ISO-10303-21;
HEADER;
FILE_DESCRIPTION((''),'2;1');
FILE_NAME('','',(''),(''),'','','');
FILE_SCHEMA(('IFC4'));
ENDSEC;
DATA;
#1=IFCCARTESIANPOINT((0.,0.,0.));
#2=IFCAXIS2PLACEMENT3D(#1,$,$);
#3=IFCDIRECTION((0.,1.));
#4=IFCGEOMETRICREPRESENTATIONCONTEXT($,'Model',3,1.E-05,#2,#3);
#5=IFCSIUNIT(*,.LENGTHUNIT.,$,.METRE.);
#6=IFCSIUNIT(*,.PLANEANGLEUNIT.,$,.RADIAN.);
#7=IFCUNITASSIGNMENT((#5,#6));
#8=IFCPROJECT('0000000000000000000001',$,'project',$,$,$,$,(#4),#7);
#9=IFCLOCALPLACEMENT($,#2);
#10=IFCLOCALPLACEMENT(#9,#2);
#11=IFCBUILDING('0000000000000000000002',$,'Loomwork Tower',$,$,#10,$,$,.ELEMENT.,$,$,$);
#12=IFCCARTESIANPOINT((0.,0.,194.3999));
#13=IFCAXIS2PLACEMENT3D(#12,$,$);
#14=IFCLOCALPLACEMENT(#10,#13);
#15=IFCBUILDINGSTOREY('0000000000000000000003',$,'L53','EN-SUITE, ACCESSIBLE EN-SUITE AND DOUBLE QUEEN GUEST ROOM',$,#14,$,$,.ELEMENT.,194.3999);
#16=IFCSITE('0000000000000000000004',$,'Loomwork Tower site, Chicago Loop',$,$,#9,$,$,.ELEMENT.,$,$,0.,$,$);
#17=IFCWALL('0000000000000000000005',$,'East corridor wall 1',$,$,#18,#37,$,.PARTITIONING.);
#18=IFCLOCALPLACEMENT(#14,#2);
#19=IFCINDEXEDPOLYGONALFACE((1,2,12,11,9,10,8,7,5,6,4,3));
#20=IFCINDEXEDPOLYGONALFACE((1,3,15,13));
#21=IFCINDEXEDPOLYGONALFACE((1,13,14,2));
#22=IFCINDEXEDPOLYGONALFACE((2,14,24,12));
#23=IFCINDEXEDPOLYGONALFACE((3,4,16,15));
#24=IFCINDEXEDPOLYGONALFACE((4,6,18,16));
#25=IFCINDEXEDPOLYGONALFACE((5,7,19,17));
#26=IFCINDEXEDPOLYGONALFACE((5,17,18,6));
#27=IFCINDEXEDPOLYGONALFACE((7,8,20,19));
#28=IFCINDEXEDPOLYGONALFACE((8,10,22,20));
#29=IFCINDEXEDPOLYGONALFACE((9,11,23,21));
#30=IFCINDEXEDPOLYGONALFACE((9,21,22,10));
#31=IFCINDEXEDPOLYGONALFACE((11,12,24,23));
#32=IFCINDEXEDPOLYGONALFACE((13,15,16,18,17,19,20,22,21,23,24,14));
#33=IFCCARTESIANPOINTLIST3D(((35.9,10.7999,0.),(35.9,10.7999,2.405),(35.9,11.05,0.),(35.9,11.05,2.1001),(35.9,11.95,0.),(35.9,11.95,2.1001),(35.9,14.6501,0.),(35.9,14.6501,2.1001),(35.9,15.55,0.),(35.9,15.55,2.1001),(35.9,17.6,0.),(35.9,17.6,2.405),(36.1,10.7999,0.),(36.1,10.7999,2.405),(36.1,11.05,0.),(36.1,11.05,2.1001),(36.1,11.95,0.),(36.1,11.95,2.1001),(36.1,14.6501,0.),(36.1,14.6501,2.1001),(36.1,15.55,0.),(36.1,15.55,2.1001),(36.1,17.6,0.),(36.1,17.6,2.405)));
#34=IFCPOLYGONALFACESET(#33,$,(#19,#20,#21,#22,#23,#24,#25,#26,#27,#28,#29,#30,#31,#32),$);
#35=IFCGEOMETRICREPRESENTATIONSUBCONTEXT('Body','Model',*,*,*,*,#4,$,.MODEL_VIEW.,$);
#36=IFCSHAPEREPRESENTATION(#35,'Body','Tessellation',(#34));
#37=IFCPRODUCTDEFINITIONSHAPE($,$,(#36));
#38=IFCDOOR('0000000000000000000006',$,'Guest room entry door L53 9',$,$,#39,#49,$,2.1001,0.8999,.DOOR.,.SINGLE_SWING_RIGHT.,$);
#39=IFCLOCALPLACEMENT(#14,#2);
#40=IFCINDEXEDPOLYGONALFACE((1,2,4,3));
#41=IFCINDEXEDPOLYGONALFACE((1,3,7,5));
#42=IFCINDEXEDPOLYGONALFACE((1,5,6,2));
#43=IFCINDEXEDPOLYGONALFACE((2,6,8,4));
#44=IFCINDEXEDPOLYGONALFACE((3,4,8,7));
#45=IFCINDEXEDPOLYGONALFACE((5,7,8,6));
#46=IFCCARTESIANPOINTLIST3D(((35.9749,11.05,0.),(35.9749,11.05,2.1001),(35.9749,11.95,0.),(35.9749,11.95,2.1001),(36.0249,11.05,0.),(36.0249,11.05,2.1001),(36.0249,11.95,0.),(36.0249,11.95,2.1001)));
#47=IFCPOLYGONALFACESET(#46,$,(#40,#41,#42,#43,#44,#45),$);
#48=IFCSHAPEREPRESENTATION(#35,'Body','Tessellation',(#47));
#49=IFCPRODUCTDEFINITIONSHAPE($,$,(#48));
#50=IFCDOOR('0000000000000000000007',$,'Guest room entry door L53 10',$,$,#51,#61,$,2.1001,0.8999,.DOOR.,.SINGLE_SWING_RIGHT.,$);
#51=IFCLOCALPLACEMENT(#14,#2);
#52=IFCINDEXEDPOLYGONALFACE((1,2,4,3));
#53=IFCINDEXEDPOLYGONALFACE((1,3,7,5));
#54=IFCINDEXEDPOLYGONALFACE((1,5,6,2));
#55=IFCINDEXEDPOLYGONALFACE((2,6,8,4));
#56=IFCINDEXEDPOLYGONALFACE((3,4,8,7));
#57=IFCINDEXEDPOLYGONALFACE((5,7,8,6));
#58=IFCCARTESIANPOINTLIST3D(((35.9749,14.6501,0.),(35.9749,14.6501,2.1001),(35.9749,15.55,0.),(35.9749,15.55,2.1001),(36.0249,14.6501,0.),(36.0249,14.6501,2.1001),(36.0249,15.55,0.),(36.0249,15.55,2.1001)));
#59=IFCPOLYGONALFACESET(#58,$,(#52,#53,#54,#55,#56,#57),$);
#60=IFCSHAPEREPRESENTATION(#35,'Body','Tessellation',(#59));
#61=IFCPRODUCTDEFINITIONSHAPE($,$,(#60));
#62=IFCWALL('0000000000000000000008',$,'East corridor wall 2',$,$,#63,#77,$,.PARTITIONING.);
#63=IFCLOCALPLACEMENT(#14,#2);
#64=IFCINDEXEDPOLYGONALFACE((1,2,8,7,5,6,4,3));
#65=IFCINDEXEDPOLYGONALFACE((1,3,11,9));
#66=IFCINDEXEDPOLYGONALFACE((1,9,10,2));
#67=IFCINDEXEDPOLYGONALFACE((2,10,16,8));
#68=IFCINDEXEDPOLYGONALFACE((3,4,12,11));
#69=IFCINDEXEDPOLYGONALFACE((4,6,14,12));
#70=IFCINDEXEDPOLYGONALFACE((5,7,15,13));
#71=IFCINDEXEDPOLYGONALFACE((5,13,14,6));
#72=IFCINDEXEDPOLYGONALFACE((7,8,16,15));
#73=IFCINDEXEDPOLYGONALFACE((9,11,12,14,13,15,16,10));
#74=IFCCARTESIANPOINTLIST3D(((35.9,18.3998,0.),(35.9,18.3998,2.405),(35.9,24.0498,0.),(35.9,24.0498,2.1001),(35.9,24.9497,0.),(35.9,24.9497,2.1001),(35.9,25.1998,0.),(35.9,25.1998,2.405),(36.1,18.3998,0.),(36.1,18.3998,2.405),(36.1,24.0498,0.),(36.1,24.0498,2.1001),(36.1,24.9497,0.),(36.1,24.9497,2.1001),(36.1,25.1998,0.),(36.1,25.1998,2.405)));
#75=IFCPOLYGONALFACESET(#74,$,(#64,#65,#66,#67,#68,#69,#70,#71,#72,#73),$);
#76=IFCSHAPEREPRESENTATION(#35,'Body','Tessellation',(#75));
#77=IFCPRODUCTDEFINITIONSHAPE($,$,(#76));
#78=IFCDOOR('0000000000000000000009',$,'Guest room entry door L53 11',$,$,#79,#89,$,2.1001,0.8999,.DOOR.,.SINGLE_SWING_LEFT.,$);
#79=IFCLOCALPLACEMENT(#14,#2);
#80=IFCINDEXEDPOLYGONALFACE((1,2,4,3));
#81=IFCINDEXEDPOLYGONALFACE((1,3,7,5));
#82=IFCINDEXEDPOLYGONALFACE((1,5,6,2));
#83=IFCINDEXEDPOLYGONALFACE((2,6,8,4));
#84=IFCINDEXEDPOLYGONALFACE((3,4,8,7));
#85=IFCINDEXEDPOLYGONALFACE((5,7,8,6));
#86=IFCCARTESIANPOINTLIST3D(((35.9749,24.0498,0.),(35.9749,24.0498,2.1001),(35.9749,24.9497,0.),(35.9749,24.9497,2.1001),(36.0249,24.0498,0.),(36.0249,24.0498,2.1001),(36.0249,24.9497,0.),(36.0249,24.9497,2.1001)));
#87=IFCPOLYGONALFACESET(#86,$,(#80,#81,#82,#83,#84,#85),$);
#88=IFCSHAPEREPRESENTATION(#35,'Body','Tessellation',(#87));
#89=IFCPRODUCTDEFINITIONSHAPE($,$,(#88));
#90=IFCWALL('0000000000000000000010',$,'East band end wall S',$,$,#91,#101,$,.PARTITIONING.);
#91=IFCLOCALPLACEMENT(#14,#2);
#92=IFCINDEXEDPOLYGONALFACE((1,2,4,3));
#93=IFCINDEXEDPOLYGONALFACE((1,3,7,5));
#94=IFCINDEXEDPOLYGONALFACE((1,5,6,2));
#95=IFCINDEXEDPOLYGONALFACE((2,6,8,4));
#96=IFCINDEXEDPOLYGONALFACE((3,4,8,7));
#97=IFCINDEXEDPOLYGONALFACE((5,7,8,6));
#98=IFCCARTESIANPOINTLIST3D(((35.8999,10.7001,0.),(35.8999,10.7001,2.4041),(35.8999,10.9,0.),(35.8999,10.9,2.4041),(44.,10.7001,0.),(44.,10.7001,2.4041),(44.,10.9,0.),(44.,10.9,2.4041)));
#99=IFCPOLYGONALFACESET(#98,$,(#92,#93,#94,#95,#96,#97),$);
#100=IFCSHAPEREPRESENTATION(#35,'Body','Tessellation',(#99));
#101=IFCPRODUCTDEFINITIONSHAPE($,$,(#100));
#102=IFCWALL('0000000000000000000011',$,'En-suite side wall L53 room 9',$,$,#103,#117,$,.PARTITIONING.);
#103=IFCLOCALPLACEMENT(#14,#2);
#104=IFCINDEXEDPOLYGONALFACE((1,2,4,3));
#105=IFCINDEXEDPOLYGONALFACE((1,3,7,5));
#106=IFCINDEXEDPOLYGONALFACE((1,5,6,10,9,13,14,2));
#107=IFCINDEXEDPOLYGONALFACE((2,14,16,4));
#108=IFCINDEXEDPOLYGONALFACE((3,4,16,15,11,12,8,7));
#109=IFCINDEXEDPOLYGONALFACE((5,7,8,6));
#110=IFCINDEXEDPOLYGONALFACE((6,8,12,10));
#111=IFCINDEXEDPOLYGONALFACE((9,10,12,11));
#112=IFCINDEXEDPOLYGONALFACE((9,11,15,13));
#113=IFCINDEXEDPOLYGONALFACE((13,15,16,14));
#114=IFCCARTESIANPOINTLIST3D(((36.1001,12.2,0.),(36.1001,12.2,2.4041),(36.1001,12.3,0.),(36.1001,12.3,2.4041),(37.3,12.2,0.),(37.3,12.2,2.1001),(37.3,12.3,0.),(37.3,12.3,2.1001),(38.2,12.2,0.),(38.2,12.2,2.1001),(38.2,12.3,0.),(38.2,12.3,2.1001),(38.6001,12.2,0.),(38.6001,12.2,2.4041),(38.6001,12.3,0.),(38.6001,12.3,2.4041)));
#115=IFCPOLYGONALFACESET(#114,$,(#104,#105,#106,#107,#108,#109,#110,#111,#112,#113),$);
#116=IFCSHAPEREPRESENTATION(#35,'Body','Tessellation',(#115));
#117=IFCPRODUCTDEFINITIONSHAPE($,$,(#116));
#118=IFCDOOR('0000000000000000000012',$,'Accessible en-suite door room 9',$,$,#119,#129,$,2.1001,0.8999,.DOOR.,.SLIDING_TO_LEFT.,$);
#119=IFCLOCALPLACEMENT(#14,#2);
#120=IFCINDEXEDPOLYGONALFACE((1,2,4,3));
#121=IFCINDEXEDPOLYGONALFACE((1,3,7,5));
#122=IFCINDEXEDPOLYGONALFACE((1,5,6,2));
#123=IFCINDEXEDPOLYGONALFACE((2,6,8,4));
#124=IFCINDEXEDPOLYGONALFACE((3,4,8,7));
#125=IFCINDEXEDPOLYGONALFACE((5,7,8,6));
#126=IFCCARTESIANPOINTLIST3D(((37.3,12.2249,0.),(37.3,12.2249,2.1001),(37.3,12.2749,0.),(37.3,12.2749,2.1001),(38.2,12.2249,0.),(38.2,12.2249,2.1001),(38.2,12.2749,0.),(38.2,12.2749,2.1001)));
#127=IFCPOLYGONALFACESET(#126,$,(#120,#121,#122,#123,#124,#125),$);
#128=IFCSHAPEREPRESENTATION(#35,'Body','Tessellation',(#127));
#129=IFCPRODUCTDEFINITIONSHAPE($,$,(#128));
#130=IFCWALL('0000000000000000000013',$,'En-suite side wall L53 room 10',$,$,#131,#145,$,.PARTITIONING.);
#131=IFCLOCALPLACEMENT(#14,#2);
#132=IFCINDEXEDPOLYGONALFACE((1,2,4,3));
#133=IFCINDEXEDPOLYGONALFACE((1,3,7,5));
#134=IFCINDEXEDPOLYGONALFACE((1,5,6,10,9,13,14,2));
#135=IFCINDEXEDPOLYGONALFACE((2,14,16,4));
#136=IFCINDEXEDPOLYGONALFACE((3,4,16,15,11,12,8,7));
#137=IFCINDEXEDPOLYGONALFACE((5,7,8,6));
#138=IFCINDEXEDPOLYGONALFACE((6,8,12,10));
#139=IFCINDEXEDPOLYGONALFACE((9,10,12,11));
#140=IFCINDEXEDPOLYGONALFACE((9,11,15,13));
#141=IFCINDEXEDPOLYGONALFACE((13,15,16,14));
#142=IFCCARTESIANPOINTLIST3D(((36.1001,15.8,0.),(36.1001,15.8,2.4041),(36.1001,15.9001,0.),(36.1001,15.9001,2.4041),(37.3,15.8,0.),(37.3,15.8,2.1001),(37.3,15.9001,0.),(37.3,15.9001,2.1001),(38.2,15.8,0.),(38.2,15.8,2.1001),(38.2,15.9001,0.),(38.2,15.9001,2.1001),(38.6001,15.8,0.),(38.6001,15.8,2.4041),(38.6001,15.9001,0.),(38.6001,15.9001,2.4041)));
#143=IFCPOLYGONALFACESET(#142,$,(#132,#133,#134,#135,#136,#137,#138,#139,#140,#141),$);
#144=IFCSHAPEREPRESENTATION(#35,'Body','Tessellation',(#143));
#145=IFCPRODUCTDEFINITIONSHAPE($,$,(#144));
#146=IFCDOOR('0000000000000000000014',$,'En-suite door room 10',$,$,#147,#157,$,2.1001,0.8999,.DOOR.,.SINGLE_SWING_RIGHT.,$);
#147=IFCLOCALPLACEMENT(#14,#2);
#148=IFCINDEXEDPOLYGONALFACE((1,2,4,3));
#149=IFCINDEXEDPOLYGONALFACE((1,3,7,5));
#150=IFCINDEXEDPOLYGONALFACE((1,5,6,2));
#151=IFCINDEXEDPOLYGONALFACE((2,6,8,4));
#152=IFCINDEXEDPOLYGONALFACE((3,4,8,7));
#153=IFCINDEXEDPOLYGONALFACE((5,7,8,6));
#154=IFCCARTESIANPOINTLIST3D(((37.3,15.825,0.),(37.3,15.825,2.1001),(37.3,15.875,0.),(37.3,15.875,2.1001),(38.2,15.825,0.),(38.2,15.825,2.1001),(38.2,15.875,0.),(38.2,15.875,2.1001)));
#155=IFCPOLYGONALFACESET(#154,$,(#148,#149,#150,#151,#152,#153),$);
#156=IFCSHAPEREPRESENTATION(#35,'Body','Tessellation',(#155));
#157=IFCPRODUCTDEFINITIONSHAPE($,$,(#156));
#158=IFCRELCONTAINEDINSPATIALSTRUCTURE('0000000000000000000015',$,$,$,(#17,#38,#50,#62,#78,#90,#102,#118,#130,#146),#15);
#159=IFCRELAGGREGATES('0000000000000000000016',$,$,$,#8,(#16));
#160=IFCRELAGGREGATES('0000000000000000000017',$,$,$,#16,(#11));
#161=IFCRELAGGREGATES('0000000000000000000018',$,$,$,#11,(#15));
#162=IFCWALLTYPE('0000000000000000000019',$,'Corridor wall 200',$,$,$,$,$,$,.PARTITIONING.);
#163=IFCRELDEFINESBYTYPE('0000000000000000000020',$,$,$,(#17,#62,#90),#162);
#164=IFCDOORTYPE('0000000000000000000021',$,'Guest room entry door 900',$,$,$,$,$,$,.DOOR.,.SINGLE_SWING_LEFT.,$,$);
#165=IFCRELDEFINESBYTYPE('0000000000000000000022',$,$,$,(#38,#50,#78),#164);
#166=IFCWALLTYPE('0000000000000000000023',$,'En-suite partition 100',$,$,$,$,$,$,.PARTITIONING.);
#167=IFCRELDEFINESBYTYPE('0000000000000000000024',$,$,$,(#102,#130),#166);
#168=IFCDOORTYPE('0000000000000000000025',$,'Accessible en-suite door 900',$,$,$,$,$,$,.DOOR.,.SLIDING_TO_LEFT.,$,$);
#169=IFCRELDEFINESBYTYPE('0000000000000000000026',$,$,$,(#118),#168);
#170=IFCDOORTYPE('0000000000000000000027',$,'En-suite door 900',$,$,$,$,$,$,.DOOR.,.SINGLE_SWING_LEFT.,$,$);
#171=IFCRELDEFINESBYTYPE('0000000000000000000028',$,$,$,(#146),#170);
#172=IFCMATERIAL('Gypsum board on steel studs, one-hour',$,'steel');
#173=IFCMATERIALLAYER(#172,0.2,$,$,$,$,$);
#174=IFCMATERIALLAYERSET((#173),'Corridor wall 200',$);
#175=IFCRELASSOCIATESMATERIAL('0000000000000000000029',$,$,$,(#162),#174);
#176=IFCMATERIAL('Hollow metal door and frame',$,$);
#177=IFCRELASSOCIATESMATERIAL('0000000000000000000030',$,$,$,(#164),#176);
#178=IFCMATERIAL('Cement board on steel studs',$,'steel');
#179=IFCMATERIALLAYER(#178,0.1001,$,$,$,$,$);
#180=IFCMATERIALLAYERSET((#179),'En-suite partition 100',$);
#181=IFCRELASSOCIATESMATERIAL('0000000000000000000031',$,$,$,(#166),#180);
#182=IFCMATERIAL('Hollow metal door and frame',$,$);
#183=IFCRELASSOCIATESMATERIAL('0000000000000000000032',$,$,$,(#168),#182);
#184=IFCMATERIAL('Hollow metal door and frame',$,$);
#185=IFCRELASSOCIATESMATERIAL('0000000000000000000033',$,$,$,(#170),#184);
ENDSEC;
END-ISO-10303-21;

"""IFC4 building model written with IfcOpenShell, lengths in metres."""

from ifc_helpers import new_model, si_unit, direction, frame, frame_2d, origin, place, context, subcontext, project, spatial, rectangle, extrude, material, layer, layer_set, type_object, element, fill, save


model = new_model("IFC4")

# Units and contexts
model_context = context("Model", 3, precision=1e-05, world=origin(), true_north=direction((0.0, 1.0)))
body_context = subcontext(model_context, "Body", "Model", "MODEL_VIEW")
ifc_project = project(units=[si_unit("LENGTHUNIT", "METRE"), si_unit("PLANEANGLEUNIT", "RADIAN")], contexts=[model_context])

# Site, building, storey
site_placement = place(None, origin())
site = spatial("IfcSite", under=ifc_project, at=site_placement, Name="Loomwork Tower site, Chicago Loop", CompositionType="ELEMENT", RefElevation=0.0)
building_placement = place(site_placement, origin())
building = spatial("IfcBuilding", under=site, at=building_placement, Name="Loomwork Tower", CompositionType="ELEMENT")
storey_placement = place(building_placement, frame((0.0, 0.0, 194.3999)))
storey = spatial("IfcBuildingStorey", under=building, at=storey_placement, Name="L53", Description="EN-SUITE, ACCESSIBLE EN-SUITE AND DOUBLE QUEEN GUEST ROOM", CompositionType="ELEMENT", Elevation=194.3999)

# Wall, openings, doors
ifc_material_1 = material(Name="Gypsum board on steel studs, one-hour", Category="steel")
ifc_layer_1 = layer(ifc_material_1, 0.2)
ifc_layer_set_1 = layer_set([ifc_layer_1], Name="Corridor wall 200")
wall_type_1 = type_object("IfcWallType", Name="Corridor wall 200", PredefinedType="PARTITIONING", material=ifc_layer_set_1)
wall_1_placement = place(storey_placement, frame((36.0, 10.8, 0.0), z_axis=(0.0, 0.0, 1.0), x_axis=(0.0, 1.0, 0.0)))
wall_1 = element("IfcWall", 1, at=wall_1_placement, inside=storey, type_object=wall_type_1, Name="East corridor wall 1", PredefinedType="PARTITIONING", context=body_context, shape_type="SweptSolid", body=[
    extrude(rectangle(XDim=6.8, YDim=0.2, at=frame_2d((3.3999, 0.0))), origin(), (0.0, 0.0, 1.0), 2.405),
])
opening_1_placement = place(wall_1_placement, frame((0.25, 0.0, 0.0)))
opening_1 = element("IfcOpeningElement", 2, at=opening_1_placement, cuts=wall_1, PredefinedType="OPENING", context=body_context, shape_type="SweptSolid", body=[
    extrude(rectangle(XDim=0.8999, YDim=2.1001, at=frame_2d((0.45, 1.05))), frame((0.0, 0.1099, 0.0), z_axis=(0.0, -1.0, 0.0), x_axis=(1.0, 0.0, 0.0)), (0.0, 0.0, 1.0), 0.22),
])
opening_2_placement = place(wall_1_placement, frame((3.8501, 0.0, 0.0)))
opening_2 = element("IfcOpeningElement", 3, at=opening_2_placement, cuts=wall_1, PredefinedType="OPENING", context=body_context, shape_type="SweptSolid", body=[
    extrude(rectangle(XDim=0.8999, YDim=2.1001, at=frame_2d((0.45, 1.05))), frame((0.0, 0.1099, 0.0), z_axis=(0.0, -1.0, 0.0), x_axis=(1.0, 0.0, 0.0)), (0.0, 0.0, 1.0), 0.22),
])
ifc_material_2 = material(Name="Hollow metal door and frame")
door_type_1 = type_object("IfcDoorType", Name="Guest room entry door 900", OperationType="SINGLE_SWING_LEFT", PredefinedType="DOOR", material=ifc_material_2)
door_1_placement = place(opening_1_placement, frame((0.8999, 0.0, 0.0), z_axis=(0.0, 0.0, 1.0), x_axis=(-1.0, 0.0, 0.0)))
door_1 = element("IfcDoor", 4, at=door_1_placement, inside=storey, type_object=door_type_1, Name="Guest room entry door L53 9", OperationType="SINGLE_SWING_RIGHT", OverallHeight=2.1001, OverallWidth=0.8999, PredefinedType="DOOR", context=body_context, shape_type="SweptSolid", body=[
    extrude(rectangle(XDim=0.8999, YDim=2.1001, at=frame_2d((0.45, 1.05))), frame((0.0, 0.0249, 0.0), z_axis=(0.0, -1.0, 0.0), x_axis=(1.0, 0.0, 0.0)), (0.0, 0.0, 1.0), 0.05),
])
fill(opening_1, door_1)
door_2_placement = place(opening_2_placement, frame((0.8999, 0.0, 0.0), z_axis=(0.0, 0.0, 1.0), x_axis=(-1.0, 0.0, 0.0)))
door_2 = element("IfcDoor", 5, at=door_2_placement, inside=storey, type_object=door_type_1, Name="Guest room entry door L53 10", OperationType="SINGLE_SWING_RIGHT", OverallHeight=2.1001, OverallWidth=0.8999, PredefinedType="DOOR", context=body_context, shape_type="SweptSolid", body=[
    extrude(rectangle(XDim=0.8999, YDim=2.1001, at=frame_2d((0.45, 1.05))), frame((0.0, 0.0249, 0.0), z_axis=(0.0, -1.0, 0.0), x_axis=(1.0, 0.0, 0.0)), (0.0, 0.0, 1.0), 0.05),
])
fill(opening_2, door_2)

# Wall, opening, door
wall_2_placement = place(storey_placement, frame((36.0, 18.3999, 0.0), z_axis=(0.0, 0.0, 1.0), x_axis=(0.0, 1.0, 0.0)))
wall_2 = element("IfcWall", 6, at=wall_2_placement, inside=storey, type_object=wall_type_1, Name="East corridor wall 2", PredefinedType="PARTITIONING", context=body_context, shape_type="SweptSolid", body=[
    extrude(rectangle(XDim=6.8, YDim=0.2, at=frame_2d((3.3999, 0.0))), origin(), (0.0, 0.0, 1.0), 2.405),
])
opening_3_placement = place(wall_2_placement, frame((5.6499, 0.0, 0.0)))
opening_3 = element("IfcOpeningElement", 7, at=opening_3_placement, cuts=wall_2, PredefinedType="OPENING", context=body_context, shape_type="SweptSolid", body=[
    extrude(rectangle(XDim=0.8999, YDim=2.1001, at=frame_2d((0.45, 1.05))), frame((0.0, 0.1099, 0.0), z_axis=(0.0, -1.0, 0.0), x_axis=(1.0, 0.0, 0.0)), (0.0, 0.0, 1.0), 0.22),
])
door_3_placement = place(opening_3_placement, frame((0.8999, 0.0, 0.0), z_axis=(0.0, 0.0, 1.0), x_axis=(-1.0, 0.0, 0.0)))
door_3 = element("IfcDoor", 8, at=door_3_placement, inside=storey, type_object=door_type_1, Name="Guest room entry door L53 11", OperationType="SINGLE_SWING_LEFT", OverallHeight=2.1001, OverallWidth=0.8999, PredefinedType="DOOR", context=body_context, shape_type="SweptSolid", body=[
    extrude(rectangle(XDim=0.8999, YDim=2.1001, at=frame_2d((0.45, 1.05))), frame((0.0, 0.0249, 0.0), z_axis=(0.0, -1.0, 0.0), x_axis=(1.0, 0.0, 0.0)), (0.0, 0.0, 1.0), 0.05),
])
fill(opening_3, door_3)

# Wall
wall_3_placement = place(storey_placement, frame((35.8999, 10.8, 0.0), z_axis=(0.0, 0.0, 1.0), x_axis=(1.0, 0.0, 0.0)))
element("IfcWall", 9, at=wall_3_placement, inside=storey, type_object=wall_type_1, Name="East band end wall S", PredefinedType="PARTITIONING", context=body_context, shape_type="SweptSolid", body=[
    extrude(rectangle(XDim=8.1001, YDim=0.2, at=frame_2d((4.05, 0.0))), origin(), (0.0, 0.0, 1.0), 2.4041),
])

# Walls, openings, doors
ifc_material_3 = material(Name="Cement board on steel studs", Category="steel")
ifc_layer_2 = layer(ifc_material_3, 0.1001)
ifc_layer_set_2 = layer_set([ifc_layer_2], Name="En-suite partition 100")
wall_type_2 = type_object("IfcWallType", Name="En-suite partition 100", PredefinedType="PARTITIONING", material=ifc_layer_set_2)
wall_4_placement = place(storey_placement, frame((36.1001, 12.25, 0.0), z_axis=(0.0, 0.0, 1.0), x_axis=(1.0, 0.0, 0.0)))
wall_4 = element("IfcWall", 10, at=wall_4_placement, inside=storey, type_object=wall_type_2, Name="En-suite side wall L53 room 9", PredefinedType="PARTITIONING", context=body_context, shape_type="SweptSolid", body=[
    extrude(rectangle(XDim=2.5, YDim=0.1001, at=frame_2d((1.25, 0.0))), origin(), (0.0, 0.0, 1.0), 2.4041),
])
opening_4_placement = place(wall_4_placement, frame((1.2, 0.0, 0.0)))
opening_4 = element("IfcOpeningElement", 11, at=opening_4_placement, cuts=wall_4, PredefinedType="OPENING", context=body_context, shape_type="SweptSolid", body=[
    extrude(rectangle(XDim=0.8999, YDim=2.1001, at=frame_2d((0.45, 1.05))), frame((0.0, 0.0601, 0.0), z_axis=(0.0, -1.0, 0.0), x_axis=(1.0, 0.0, 0.0)), (0.0, 0.0, 1.0), 0.1201),
])
ifc_material_4 = material(Name="Hollow metal door and frame")
door_type_2 = type_object("IfcDoorType", Name="Accessible en-suite door 900", OperationType="SLIDING_TO_LEFT", PredefinedType="DOOR", material=ifc_material_4)
door_4_placement = place(opening_4_placement, origin())
door_4 = element("IfcDoor", 12, at=door_4_placement, inside=storey, type_object=door_type_2, Name="Accessible en-suite door room 9", OperationType="SLIDING_TO_LEFT", OverallHeight=2.1001, OverallWidth=0.8999, PredefinedType="DOOR", context=body_context, shape_type="SweptSolid", body=[
    extrude(rectangle(XDim=0.8999, YDim=2.1001, at=frame_2d((0.45, 1.05))), frame((0.0, 0.0249, 0.0), z_axis=(0.0, -1.0, 0.0), x_axis=(1.0, 0.0, 0.0)), (0.0, 0.0, 1.0), 0.05),
])
fill(opening_4, door_4)
wall_5_placement = place(storey_placement, frame((36.1001, 15.8501, 0.0), z_axis=(0.0, 0.0, 1.0), x_axis=(1.0, 0.0, 0.0)))
wall_5 = element("IfcWall", 13, at=wall_5_placement, inside=storey, type_object=wall_type_2, Name="En-suite side wall L53 room 10", PredefinedType="PARTITIONING", context=body_context, shape_type="SweptSolid", body=[
    extrude(rectangle(XDim=2.5, YDim=0.1001, at=frame_2d((1.25, 0.0))), origin(), (0.0, 0.0, 1.0), 2.4041),
])
opening_5_placement = place(wall_5_placement, frame((1.2, 0.0, 0.0)))
opening_5 = element("IfcOpeningElement", 14, at=opening_5_placement, cuts=wall_5, PredefinedType="OPENING", context=body_context, shape_type="SweptSolid", body=[
    extrude(rectangle(XDim=0.8999, YDim=2.1001, at=frame_2d((0.45, 1.05))), frame((0.0, 0.0601, 0.0), z_axis=(0.0, -1.0, 0.0), x_axis=(1.0, 0.0, 0.0)), (0.0, 0.0, 1.0), 0.1201),
])
ifc_material_5 = material(Name="Hollow metal door and frame")
door_type_3 = type_object("IfcDoorType", Name="En-suite door 900", OperationType="SINGLE_SWING_LEFT", PredefinedType="DOOR", material=ifc_material_5)
door_5_placement = place(opening_5_placement, origin())
door_5 = element("IfcDoor", 15, at=door_5_placement, inside=storey, type_object=door_type_3, Name="En-suite door room 10", OperationType="SINGLE_SWING_RIGHT", OverallHeight=2.1001, OverallWidth=0.8999, PredefinedType="DOOR", context=body_context, shape_type="SweptSolid", body=[
    extrude(rectangle(XDim=0.8999, YDim=2.1001, at=frame_2d((0.45, 1.05))), frame((0.0, 0.0249, 0.0), z_axis=(0.0, -1.0, 0.0), x_axis=(1.0, 0.0, 0.0)), (0.0, 0.0, 1.0), 0.05),
])
fill(opening_5, door_5)

save(model, "model.ifc")
